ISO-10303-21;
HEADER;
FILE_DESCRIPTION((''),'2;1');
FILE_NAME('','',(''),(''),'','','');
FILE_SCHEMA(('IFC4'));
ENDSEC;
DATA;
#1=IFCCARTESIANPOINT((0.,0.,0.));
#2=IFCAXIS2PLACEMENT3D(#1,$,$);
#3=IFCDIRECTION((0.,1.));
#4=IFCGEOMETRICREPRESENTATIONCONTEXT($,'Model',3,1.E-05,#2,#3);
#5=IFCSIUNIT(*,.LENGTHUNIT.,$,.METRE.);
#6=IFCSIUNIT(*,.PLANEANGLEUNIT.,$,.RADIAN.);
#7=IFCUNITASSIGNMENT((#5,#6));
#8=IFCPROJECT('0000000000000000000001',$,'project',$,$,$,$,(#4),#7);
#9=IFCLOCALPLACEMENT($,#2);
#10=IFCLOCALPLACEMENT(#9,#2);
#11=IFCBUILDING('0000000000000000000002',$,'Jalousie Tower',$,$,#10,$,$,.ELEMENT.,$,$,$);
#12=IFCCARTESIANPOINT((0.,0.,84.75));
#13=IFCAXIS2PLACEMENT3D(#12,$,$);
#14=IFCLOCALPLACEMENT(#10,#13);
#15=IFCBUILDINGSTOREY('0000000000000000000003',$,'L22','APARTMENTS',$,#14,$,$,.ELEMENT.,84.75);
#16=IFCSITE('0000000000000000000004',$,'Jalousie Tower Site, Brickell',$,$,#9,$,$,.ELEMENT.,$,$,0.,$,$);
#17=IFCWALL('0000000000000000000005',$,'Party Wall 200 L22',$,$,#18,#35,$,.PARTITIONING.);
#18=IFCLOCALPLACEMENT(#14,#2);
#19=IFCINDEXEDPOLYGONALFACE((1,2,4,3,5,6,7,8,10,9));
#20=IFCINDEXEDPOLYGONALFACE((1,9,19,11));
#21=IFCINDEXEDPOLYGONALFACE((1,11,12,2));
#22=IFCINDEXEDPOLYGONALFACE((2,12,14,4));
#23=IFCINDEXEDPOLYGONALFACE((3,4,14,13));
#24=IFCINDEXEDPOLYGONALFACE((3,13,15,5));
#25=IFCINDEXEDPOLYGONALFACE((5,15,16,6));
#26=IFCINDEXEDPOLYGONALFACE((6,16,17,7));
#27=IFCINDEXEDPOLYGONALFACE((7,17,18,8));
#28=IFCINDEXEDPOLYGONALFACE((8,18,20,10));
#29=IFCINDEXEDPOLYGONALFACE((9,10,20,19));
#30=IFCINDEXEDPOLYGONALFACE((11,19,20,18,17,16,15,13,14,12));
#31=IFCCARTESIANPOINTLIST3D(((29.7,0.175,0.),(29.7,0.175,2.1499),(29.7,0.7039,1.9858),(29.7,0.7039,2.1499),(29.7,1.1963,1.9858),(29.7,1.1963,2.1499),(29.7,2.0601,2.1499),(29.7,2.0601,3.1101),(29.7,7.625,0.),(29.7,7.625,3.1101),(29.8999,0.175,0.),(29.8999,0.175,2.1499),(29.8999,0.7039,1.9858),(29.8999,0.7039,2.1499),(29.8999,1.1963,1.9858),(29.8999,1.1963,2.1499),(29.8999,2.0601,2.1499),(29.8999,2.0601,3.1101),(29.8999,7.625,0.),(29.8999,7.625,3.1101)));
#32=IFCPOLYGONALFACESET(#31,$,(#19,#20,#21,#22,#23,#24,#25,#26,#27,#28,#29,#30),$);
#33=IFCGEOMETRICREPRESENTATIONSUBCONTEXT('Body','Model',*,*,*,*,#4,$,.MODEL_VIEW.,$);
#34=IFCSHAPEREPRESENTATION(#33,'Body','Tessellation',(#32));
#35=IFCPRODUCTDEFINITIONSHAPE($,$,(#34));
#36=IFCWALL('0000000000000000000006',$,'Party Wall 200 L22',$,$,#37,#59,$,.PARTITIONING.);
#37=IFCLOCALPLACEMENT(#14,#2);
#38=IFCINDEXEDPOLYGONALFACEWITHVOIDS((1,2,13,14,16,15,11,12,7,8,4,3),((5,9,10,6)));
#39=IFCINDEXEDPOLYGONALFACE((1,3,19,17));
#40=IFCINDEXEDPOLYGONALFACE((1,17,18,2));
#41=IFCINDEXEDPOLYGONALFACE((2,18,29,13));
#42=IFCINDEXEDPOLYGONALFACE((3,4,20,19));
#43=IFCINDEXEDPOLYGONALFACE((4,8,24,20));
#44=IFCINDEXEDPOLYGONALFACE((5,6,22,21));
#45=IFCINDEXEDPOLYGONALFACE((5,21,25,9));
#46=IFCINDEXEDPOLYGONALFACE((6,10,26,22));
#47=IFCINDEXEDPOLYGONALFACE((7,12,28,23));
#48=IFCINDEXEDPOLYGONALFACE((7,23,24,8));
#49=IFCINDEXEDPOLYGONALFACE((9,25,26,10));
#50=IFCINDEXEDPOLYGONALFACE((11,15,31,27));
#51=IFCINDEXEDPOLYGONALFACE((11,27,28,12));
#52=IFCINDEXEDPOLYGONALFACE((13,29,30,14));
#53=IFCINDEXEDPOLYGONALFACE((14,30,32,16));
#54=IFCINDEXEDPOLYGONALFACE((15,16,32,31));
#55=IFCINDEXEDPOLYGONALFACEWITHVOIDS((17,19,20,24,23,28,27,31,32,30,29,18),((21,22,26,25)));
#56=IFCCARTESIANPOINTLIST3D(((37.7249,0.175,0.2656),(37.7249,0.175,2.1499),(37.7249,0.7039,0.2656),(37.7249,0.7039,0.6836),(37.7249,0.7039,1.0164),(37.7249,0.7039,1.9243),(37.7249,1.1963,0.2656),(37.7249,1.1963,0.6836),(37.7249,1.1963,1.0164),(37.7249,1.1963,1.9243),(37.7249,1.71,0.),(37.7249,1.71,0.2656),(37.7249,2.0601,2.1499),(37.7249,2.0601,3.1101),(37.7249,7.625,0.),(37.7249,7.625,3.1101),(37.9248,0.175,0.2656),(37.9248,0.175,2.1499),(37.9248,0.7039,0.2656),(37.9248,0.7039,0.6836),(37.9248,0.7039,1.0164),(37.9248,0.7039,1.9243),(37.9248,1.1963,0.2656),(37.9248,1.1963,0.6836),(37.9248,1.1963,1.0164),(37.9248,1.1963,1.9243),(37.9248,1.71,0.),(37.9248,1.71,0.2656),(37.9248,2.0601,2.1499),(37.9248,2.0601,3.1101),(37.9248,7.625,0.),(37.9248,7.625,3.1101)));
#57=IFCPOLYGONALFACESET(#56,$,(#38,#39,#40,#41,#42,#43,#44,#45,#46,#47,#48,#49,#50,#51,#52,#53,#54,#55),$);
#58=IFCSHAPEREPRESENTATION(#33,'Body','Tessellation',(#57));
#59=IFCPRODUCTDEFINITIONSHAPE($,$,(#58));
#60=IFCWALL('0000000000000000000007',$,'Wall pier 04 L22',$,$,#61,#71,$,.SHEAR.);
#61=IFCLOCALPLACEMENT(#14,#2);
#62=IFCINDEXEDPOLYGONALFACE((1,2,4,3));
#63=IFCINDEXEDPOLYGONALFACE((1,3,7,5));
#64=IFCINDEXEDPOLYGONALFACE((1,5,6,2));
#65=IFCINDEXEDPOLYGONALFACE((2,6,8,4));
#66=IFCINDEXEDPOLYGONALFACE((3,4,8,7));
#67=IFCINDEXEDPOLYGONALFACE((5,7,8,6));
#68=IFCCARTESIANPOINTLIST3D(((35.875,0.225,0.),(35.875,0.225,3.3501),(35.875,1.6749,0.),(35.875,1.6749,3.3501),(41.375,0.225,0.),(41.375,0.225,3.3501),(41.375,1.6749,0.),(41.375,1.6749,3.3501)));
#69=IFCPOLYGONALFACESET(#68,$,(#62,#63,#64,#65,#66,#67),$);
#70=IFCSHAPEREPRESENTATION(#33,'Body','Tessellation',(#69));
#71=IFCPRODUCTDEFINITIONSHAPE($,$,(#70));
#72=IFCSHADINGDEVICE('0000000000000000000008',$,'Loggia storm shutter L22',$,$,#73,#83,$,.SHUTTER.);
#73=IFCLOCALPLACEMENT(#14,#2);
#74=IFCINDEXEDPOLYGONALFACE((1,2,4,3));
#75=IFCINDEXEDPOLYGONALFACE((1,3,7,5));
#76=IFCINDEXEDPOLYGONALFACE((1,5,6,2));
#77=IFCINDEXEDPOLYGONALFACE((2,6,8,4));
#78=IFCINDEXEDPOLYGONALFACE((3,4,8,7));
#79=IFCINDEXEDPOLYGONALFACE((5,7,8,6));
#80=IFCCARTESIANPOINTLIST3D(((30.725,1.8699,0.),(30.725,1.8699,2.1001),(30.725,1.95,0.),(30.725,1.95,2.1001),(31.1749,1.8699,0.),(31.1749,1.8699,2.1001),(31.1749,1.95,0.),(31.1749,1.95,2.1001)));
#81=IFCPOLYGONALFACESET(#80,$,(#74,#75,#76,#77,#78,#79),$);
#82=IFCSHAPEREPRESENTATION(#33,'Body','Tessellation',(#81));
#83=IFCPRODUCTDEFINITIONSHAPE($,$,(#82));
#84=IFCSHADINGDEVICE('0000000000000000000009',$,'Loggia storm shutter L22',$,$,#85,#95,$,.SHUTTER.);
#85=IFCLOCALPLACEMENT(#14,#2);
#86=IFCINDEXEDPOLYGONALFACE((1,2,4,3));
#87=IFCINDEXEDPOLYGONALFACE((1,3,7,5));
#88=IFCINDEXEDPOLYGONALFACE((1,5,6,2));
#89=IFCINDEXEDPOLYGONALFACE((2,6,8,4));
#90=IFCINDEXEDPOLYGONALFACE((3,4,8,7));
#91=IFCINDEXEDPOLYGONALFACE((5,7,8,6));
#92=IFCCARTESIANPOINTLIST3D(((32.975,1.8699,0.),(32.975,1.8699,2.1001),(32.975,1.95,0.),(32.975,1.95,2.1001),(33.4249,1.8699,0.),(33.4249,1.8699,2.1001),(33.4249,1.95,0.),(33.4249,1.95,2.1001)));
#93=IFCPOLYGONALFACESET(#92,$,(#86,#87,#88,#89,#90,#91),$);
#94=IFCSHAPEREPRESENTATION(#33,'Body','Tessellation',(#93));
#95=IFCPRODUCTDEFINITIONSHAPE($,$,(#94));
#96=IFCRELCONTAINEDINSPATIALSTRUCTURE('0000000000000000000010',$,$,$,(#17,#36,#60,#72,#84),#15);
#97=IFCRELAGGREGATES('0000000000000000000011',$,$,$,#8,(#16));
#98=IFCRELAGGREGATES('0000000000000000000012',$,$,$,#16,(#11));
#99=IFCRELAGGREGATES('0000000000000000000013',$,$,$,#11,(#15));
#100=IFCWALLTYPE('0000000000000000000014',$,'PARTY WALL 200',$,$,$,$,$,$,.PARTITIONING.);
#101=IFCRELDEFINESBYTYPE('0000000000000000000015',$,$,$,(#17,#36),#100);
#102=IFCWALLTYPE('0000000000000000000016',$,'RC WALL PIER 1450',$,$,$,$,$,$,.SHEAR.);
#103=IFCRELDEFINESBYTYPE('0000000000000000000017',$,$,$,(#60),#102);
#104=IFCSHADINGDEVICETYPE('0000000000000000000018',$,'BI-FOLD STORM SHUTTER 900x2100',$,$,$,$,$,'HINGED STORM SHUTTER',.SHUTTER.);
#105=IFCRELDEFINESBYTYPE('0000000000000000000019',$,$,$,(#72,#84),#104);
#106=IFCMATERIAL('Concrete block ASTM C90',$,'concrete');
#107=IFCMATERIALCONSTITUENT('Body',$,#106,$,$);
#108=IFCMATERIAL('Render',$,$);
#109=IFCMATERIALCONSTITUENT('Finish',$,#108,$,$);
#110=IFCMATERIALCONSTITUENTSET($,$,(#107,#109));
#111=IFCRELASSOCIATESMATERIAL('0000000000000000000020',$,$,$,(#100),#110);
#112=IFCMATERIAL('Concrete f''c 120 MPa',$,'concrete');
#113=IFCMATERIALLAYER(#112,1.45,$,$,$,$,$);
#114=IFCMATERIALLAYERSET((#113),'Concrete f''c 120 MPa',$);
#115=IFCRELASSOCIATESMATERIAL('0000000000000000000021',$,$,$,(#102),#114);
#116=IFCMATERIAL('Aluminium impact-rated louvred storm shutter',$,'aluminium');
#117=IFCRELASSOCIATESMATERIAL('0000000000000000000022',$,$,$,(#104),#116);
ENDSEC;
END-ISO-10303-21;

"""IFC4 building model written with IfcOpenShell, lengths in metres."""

from ifc_helpers import new_model, si_unit, direction, frame, frame_2d, origin, origin_2d, place, context, subcontext, project, spatial, polyline, rectangle, outline, extrude, material, layer, layer_set, constituent, constituent_set, type_object, element, save


model = new_model("IFC4")

# Units and contexts
model_context = context("Model", 3, precision=1e-05, world=origin(), true_north=direction((0.0, 1.0)))
body_context = subcontext(model_context, "Body", "Model", "MODEL_VIEW")
ifc_project = project(units=[si_unit("LENGTHUNIT", "METRE"), si_unit("PLANEANGLEUNIT", "RADIAN")], contexts=[model_context])

# Site, building, storey
site_placement = place(None, origin())
site = spatial("IfcSite", under=ifc_project, at=site_placement, Name="Jalousie Tower Site, Brickell", CompositionType="ELEMENT", RefElevation=0.0)
building_placement = place(site_placement, origin())
building = spatial("IfcBuilding", under=site, at=building_placement, Name="Jalousie Tower", CompositionType="ELEMENT")
storey_placement = place(building_placement, frame((0.0, 0.0, 84.75)))
storey = spatial("IfcBuildingStorey", under=building, at=storey_placement, Name="L22", Description="APARTMENTS", CompositionType="ELEMENT", Elevation=84.75)

# Walls
ifc_material_1 = material(Name="Concrete block ASTM C90", Category="concrete")
ifc_constituent_1 = constituent(ifc_material_1, Name="Body")
ifc_material_2 = material(Name="Render")
ifc_constituent_2 = constituent(ifc_material_2, Name="Finish")
ifc_constituent_set_1 = constituent_set(constituents=[ifc_constituent_1, ifc_constituent_2])
wall_type_1 = type_object("IfcWallType", Name="PARTY WALL 200", PredefinedType="PARTITIONING", material=ifc_constituent_set_1)
wall_1_placement = place(storey_placement, frame((29.8, 0.175, 0.0), z_axis=(0.0, 0.0, 1.0), x_axis=(0.0, 1.0, 0.0)))
element("IfcWall", 1, at=wall_1_placement, inside=storey, type_object=wall_type_1, Name="Party Wall 200 L22", PredefinedType="PARTITIONING", context=body_context, shape_type="SweptSolid", body=[
    extrude(outline(polyline([(0.0, 0.0), (7.45, 0.0), (7.45, 3.1101), (1.885, 3.1101), (1.885, 2.1499), (1.0212, 2.1499), (1.0212, 1.9858), (0.5288, 1.9858), (0.5288, 2.1499), (0.0, 2.1499), (0.0, 0.0)])), frame((0.0, 0.1001, 0.0), z_axis=(0.0, -1.0, 0.0), x_axis=(1.0, 0.0, 0.0)), (0.0, 0.0, 1.0), 0.2),
])
wall_2_placement = place(storey_placement, frame((37.825, 0.175, 0.0), z_axis=(0.0, 0.0, 1.0), x_axis=(0.0, 1.0, 0.0)))
element("IfcWall", 2, at=wall_2_placement, inside=storey, type_object=wall_type_1, Name="Party Wall 200 L22", PredefinedType="PARTITIONING", context=body_context, shape_type="SweptSolid", body=[
    extrude(outline(polyline([(1.885, 2.1499), (0.0, 2.1499), (0.0, 0.2656), (0.5288, 0.2656), (0.5288, 0.6836), (1.0212, 0.6836), (1.0212, 0.2656), (1.5349, 0.2656), (1.5349, 0.0), (7.45, 0.0), (7.45, 3.1101), (1.885, 3.1101), (1.885, 2.1499)]), holes=[polyline([(0.5288, 1.0164), (0.5288, 1.9243), (1.0212, 1.9243), (1.0212, 1.0164), (0.5288, 1.0164)])]), frame((0.0, 0.1001, 0.0), z_axis=(0.0, -1.0, 0.0), x_axis=(1.0, 0.0, 0.0)), (0.0, 0.0, 1.0), 0.2),
])
ifc_material_3 = material(Name="Concrete f'c 120 MPa", Category="concrete")
ifc_layer_1 = layer(ifc_material_3, 1.45)
ifc_layer_set_1 = layer_set([ifc_layer_1], Name="Concrete f'c 120 MPa")
wall_type_2 = type_object("IfcWallType", Name="RC WALL PIER 1450", PredefinedType="SHEAR", material=ifc_layer_set_1)
wall_3_placement = place(storey_placement, frame((35.875, 0.95, 0.0), z_axis=(0.0, 0.0, 1.0), x_axis=(1.0, 0.0, 0.0)))
element("IfcWall", 3, at=wall_3_placement, inside=storey, type_object=wall_type_2, Name="Wall pier 04 L22", PredefinedType="SHEAR", context=body_context, shape_type="SweptSolid", body=[
    extrude(rectangle(XDim=5.5, YDim=1.45, at=frame_2d((2.75, 0.0))), origin(), (0.0, 0.0, 1.0), 3.3501),
])

# Shading devices
ifc_material_4 = material(Name="Aluminium impact-rated louvred storm shutter", Category="aluminium")
shading_device_type_1 = type_object("IfcShadingDeviceType", Name="BI-FOLD STORM SHUTTER 900x2100", ElementType="HINGED STORM SHUTTER", PredefinedType="SHUTTER", material=ifc_material_4)
for number, where, z_axis, x_axis, name in (
    (4, (30.95, 1.9099, 0.0), (0.0, 0.0, 1.0), (1.0, 0.0, 0.0), "Loggia storm shutter L22"),
    (5, (33.2, 1.9099, 0.0), (0.0, 0.0, 1.0), (1.0, 0.0, 0.0), "Loggia storm shutter L22"),
):
    element("IfcShadingDevice", number, at=place(storey_placement, frame(where, z_axis=z_axis, x_axis=x_axis)), inside=storey, type_object=shading_device_type_1, Name=name, PredefinedType="SHUTTER", context=body_context, shape_type="SweptSolid", body=[
        extrude(rectangle(XDim=0.45, YDim=0.0801, at=origin_2d()), origin(), (0.0, 0.0, 1.0), 2.1001),
    ])

save(model, "model.ifc")
